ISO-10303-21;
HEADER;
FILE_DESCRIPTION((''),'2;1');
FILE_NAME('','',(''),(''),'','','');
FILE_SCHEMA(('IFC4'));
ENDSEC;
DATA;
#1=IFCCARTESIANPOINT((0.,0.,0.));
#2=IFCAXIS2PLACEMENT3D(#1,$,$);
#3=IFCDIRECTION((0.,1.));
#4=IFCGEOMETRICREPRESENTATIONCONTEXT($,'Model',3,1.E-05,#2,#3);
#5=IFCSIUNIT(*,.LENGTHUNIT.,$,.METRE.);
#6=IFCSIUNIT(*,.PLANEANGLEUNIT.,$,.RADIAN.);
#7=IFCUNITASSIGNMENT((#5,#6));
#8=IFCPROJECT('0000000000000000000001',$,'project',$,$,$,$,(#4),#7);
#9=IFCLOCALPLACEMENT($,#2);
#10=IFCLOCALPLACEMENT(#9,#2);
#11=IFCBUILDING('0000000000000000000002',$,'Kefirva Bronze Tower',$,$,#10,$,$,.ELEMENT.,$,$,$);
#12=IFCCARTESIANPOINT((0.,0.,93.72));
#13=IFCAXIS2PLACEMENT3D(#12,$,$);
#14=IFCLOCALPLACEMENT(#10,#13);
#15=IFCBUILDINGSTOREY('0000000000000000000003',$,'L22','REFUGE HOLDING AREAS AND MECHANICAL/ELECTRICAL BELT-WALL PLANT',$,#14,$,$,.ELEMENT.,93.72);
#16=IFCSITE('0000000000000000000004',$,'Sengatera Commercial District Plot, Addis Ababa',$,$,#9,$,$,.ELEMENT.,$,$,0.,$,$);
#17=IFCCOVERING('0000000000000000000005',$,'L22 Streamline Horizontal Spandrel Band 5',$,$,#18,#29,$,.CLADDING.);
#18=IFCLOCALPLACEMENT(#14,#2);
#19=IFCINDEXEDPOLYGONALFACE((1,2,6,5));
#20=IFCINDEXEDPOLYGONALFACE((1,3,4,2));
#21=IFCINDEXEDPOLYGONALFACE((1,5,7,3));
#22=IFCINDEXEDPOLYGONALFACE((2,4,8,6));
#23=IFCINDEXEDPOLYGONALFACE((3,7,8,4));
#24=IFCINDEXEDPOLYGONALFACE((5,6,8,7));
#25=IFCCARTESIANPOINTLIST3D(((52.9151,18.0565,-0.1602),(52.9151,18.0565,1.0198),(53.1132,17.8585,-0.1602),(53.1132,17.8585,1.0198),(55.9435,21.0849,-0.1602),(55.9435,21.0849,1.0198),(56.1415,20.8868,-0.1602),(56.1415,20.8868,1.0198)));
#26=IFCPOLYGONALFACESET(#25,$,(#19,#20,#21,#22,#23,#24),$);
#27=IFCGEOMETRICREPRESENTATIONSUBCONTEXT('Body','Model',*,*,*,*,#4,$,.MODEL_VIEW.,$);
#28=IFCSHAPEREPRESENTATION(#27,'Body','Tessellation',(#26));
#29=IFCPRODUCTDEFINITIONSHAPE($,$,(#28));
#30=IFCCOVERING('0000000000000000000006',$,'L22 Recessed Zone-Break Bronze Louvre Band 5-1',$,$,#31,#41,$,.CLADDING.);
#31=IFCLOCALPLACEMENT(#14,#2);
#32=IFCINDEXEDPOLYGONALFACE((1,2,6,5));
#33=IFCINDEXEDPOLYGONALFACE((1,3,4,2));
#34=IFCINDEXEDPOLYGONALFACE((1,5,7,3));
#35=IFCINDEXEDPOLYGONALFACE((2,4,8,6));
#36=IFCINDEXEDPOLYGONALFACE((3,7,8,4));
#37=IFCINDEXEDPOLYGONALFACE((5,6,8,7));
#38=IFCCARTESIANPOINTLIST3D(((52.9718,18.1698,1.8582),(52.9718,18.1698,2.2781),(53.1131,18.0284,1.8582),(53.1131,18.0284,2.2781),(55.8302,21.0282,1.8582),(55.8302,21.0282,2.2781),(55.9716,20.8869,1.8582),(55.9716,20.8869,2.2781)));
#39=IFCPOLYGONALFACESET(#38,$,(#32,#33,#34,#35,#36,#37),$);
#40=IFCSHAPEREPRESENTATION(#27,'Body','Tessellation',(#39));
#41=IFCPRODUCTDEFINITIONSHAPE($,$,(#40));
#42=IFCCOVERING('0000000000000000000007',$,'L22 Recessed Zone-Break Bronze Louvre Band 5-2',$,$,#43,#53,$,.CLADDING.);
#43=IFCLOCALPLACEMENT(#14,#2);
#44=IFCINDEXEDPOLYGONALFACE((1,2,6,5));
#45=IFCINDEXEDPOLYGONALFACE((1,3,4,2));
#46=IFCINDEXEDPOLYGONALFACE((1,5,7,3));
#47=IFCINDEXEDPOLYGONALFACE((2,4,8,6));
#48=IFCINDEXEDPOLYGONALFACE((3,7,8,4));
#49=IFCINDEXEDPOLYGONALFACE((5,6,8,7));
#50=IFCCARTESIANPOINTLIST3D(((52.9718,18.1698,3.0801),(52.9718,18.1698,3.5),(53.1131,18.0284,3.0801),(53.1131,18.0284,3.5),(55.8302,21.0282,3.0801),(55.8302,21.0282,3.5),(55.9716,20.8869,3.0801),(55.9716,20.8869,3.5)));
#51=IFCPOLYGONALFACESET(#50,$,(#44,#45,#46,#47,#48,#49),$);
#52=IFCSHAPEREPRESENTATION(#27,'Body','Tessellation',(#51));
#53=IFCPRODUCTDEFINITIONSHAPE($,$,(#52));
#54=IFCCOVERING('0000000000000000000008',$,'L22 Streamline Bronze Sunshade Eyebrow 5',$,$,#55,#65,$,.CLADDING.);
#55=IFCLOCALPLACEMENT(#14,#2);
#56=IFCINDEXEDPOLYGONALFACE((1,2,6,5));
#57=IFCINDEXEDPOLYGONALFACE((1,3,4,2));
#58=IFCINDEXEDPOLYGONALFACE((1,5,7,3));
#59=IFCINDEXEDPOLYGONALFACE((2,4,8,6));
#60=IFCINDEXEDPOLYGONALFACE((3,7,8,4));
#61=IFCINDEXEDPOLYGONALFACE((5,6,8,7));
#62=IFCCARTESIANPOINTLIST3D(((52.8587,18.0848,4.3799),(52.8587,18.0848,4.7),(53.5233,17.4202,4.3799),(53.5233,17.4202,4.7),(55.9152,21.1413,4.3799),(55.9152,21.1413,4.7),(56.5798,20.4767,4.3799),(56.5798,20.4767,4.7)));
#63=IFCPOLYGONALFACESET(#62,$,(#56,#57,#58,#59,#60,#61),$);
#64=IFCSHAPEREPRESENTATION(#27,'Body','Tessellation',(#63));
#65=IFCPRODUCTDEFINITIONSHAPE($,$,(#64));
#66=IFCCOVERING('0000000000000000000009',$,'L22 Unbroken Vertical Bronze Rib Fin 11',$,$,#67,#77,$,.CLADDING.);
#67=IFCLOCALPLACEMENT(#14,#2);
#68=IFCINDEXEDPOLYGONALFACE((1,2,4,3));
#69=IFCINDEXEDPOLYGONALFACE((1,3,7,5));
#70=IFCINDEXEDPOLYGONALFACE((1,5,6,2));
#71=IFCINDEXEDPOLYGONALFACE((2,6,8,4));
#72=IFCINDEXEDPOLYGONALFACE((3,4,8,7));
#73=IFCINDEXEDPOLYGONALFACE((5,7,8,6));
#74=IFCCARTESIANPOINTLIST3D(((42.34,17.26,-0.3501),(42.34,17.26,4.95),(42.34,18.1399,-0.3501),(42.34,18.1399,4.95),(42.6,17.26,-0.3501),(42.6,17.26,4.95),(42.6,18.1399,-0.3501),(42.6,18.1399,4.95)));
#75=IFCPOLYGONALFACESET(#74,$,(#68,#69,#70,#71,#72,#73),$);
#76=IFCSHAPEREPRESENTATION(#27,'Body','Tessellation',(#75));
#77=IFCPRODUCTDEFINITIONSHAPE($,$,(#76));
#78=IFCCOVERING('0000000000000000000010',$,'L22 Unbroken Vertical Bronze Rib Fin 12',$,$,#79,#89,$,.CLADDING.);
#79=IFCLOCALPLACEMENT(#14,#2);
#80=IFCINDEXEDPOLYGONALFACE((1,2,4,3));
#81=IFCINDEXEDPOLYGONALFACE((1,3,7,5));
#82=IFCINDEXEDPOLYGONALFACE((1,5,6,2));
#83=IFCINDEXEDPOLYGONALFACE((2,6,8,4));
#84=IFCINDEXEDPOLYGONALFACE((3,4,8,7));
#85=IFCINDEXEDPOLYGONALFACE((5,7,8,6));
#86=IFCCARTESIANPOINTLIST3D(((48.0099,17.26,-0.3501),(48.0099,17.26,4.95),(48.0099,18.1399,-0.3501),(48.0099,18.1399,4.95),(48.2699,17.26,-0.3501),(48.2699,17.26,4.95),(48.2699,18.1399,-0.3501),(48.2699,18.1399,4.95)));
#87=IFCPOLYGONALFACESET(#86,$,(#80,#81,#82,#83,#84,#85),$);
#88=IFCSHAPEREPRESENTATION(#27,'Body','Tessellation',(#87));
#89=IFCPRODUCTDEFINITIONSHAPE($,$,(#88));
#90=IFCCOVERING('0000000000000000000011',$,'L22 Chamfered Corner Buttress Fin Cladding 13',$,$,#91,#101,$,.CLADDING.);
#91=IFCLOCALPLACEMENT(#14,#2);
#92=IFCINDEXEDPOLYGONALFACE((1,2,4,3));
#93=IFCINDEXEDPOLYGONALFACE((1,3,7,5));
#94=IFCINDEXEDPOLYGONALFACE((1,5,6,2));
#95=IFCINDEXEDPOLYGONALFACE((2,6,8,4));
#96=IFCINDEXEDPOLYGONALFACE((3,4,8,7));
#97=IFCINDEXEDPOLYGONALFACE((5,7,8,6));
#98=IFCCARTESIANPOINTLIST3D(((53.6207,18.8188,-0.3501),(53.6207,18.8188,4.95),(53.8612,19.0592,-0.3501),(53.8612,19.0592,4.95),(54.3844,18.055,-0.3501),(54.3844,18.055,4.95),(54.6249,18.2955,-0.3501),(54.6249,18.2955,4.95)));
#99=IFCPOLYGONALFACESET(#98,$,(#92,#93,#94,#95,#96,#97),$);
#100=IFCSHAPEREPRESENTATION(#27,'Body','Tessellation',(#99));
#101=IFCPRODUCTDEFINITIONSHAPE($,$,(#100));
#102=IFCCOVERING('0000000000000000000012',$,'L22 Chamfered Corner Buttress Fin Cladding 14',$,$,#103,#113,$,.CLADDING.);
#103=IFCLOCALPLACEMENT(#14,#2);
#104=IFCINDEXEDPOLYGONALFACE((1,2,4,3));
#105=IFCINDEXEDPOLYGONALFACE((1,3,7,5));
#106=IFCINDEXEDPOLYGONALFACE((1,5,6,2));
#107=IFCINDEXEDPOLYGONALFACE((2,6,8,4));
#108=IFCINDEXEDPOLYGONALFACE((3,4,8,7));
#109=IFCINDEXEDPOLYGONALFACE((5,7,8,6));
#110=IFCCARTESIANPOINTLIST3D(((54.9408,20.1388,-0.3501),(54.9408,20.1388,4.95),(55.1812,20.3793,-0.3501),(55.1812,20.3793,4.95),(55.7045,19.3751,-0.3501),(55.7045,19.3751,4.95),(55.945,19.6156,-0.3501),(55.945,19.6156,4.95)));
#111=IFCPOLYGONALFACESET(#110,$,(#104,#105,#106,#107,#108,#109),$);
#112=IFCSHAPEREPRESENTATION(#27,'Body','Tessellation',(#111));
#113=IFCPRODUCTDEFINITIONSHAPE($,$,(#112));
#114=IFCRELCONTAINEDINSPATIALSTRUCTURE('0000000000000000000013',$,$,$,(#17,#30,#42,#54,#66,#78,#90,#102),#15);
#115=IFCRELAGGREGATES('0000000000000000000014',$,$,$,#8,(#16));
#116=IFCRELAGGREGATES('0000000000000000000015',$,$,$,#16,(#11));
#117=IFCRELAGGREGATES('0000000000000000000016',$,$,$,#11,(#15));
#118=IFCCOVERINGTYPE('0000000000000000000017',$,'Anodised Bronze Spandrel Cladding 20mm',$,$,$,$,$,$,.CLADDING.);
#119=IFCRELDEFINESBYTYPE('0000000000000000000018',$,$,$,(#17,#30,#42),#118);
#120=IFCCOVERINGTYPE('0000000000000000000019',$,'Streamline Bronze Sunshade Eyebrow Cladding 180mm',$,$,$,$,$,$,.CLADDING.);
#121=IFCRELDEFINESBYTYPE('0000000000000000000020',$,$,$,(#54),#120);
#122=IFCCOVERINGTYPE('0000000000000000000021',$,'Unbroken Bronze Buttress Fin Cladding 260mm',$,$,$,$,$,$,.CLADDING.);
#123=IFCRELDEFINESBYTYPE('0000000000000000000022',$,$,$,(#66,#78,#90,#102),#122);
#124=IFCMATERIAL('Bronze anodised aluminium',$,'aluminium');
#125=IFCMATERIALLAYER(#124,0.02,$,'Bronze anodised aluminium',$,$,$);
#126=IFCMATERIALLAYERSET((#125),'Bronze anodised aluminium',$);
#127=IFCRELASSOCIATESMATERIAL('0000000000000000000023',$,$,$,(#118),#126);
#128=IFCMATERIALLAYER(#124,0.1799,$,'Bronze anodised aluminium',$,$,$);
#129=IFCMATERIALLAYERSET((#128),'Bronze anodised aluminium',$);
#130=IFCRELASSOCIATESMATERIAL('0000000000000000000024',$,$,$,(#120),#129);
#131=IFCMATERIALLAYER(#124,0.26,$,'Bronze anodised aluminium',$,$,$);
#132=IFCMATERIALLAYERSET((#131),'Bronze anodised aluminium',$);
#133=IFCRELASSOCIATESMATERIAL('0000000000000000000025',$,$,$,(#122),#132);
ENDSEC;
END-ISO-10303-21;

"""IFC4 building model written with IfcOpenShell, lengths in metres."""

from ifc_helpers import new_model, si_unit, direction, frame, origin, origin_2d, place, context, subcontext, project, spatial, rectangle, extrude, material, layer, layer_set, type_object, element, save


model = new_model("IFC4")

# Units and contexts
model_context = context("Model", 3, precision=1e-05, world=origin(), true_north=direction((0.0, 1.0)))
body_context = subcontext(model_context, "Body", "Model", "MODEL_VIEW")
ifc_project = project(units=[si_unit("LENGTHUNIT", "METRE"), si_unit("PLANEANGLEUNIT", "RADIAN")], contexts=[model_context])

# Site, building, storey
site_placement = place(None, origin())
site = spatial("IfcSite", under=ifc_project, at=site_placement, Name="Sengatera Commercial District Plot, Addis Ababa", CompositionType="ELEMENT", RefElevation=0.0)
building_placement = place(site_placement, origin())
building = spatial("IfcBuilding", under=site, at=building_placement, Name="Kefirva Bronze Tower", CompositionType="ELEMENT")
storey_placement = place(building_placement, frame((0.0, 0.0, 93.72)))
storey = spatial("IfcBuildingStorey", under=building, at=storey_placement, Name="L22", Description="REFUGE HOLDING AREAS AND MECHANICAL/ELECTRICAL BELT-WALL PLANT", CompositionType="ELEMENT", Elevation=93.72)

# Shared definitions
ifc_material_1 = material(Name="Bronze anodised aluminium", Category="aluminium")

# Coverings
ifc_layer_1 = layer(ifc_material_1, 0.02, Name="Bronze anodised aluminium")
ifc_layer_set_1 = layer_set([ifc_layer_1], Name="Bronze anodised aluminium")
covering_type_1 = type_object("IfcCoveringType", Name="Anodised Bronze Spandrel Cladding 20mm", PredefinedType="CLADDING", material=ifc_layer_set_1)
covering_1_placement = place(storey_placement, frame((54.5283, 19.4717, -0.1602), z_axis=(0.0, 0.0, 1.0), x_axis=(0.707107, 0.707107, 0.0)))
element("IfcCovering", 1, at=covering_1_placement, inside=storey, type_object=covering_type_1, Name="L22 Streamline Horizontal Spandrel Band 5", PredefinedType="CLADDING", context=body_context, shape_type="SweptSolid", body=[
    extrude(rectangle(XDim=4.2827, YDim=0.28, at=origin_2d()), origin(), (0.0, 0.0, 1.0), 1.1799),
])
for number, where, z_axis, x_axis, name in (
    (2, (54.4717, 19.5283, 1.8582), (0.0, 0.0, 1.0), (0.707107, 0.707107, 0.0), "L22 Recessed Zone-Break Bronze Louvre Band 5-1"),
    (3, (54.4717, 19.5283, 3.0801), (0.0, 0.0, 1.0), (0.707107, 0.707107, 0.0), "L22 Recessed Zone-Break Bronze Louvre Band 5-2"),
):
    element("IfcCovering", number, at=place(storey_placement, frame(where, z_axis=z_axis, x_axis=x_axis)), inside=storey, type_object=covering_type_1, Name=name, PredefinedType="CLADDING", context=body_context, shape_type="SweptSolid", body=[
        extrude(rectangle(XDim=4.0425, YDim=0.2, at=origin_2d()), origin(), (0.0, 0.0, 1.0), 0.4199),
    ])
ifc_layer_2 = layer(ifc_material_1, 0.1799, Name="Bronze anodised aluminium")
ifc_layer_set_2 = layer_set([ifc_layer_2], Name="Bronze anodised aluminium")
covering_type_2 = type_object("IfcCoveringType", Name="Streamline Bronze Sunshade Eyebrow Cladding 180mm", PredefinedType="CLADDING", material=ifc_layer_set_2)
covering_2_placement = place(storey_placement, frame((54.7192, 19.2808, 4.3799), z_axis=(0.0, 0.0, 1.0), x_axis=(0.707107, 0.707107, 0.0)))
element("IfcCovering", 4, at=covering_2_placement, inside=storey, type_object=covering_type_2, Name="L22 Streamline Bronze Sunshade Eyebrow 5", PredefinedType="CLADDING", context=body_context, shape_type="SweptSolid", body=[
    extrude(rectangle(XDim=4.3225, YDim=0.9399, at=origin_2d()), origin(), (0.0, 0.0, 1.0), 0.3201),
])
ifc_layer_3 = layer(ifc_material_1, 0.26, Name="Bronze anodised aluminium")
ifc_layer_set_3 = layer_set([ifc_layer_3], Name="Bronze anodised aluminium")
covering_type_3 = type_object("IfcCoveringType", Name="Unbroken Bronze Buttress Fin Cladding 260mm", PredefinedType="CLADDING", material=ifc_layer_set_3)
for number, where, z_axis, x_axis, name in (
    (5, (42.47, 17.7, -0.3501), (0.0, 0.0, 1.0), (1.0, 0.0, 0.0), "L22 Unbroken Vertical Bronze Rib Fin 11"),
    (6, (48.1399, 17.7, -0.3501), (0.0, 0.0, 1.0), (1.0, 0.0, 0.0), "L22 Unbroken Vertical Bronze Rib Fin 12"),
):
    element("IfcCovering", number, at=place(storey_placement, frame(where, z_axis=z_axis, x_axis=x_axis)), inside=storey, type_object=covering_type_3, Name=name, PredefinedType="CLADDING", context=body_context, shape_type="SweptSolid", body=[
        extrude(rectangle(XDim=0.26, YDim=0.8799, at=origin_2d()), origin(), (0.0, 0.0, 1.0), 5.3),
    ])
for number, where, z_axis, x_axis, name in (
    (7, (54.1228, 18.5571, -0.3501), (0.0, 0.0, 1.0), (0.707107, 0.707107, 0.0), "L22 Chamfered Corner Buttress Fin Cladding 13"),
    (8, (55.4429, 19.8772, -0.3501), (0.0, 0.0, 1.0), (0.707107, 0.707107, 0.0), "L22 Chamfered Corner Buttress Fin Cladding 14"),
):
    element("IfcCovering", number, at=place(storey_placement, frame(where, z_axis=z_axis, x_axis=x_axis)), inside=storey, type_object=covering_type_3, Name=name, PredefinedType="CLADDING", context=body_context, shape_type="SweptSolid", body=[
        extrude(rectangle(XDim=0.3401, YDim=1.0801, at=origin_2d()), origin(), (0.0, 0.0, 1.0), 5.3),
    ])

save(model, "model.ifc")
